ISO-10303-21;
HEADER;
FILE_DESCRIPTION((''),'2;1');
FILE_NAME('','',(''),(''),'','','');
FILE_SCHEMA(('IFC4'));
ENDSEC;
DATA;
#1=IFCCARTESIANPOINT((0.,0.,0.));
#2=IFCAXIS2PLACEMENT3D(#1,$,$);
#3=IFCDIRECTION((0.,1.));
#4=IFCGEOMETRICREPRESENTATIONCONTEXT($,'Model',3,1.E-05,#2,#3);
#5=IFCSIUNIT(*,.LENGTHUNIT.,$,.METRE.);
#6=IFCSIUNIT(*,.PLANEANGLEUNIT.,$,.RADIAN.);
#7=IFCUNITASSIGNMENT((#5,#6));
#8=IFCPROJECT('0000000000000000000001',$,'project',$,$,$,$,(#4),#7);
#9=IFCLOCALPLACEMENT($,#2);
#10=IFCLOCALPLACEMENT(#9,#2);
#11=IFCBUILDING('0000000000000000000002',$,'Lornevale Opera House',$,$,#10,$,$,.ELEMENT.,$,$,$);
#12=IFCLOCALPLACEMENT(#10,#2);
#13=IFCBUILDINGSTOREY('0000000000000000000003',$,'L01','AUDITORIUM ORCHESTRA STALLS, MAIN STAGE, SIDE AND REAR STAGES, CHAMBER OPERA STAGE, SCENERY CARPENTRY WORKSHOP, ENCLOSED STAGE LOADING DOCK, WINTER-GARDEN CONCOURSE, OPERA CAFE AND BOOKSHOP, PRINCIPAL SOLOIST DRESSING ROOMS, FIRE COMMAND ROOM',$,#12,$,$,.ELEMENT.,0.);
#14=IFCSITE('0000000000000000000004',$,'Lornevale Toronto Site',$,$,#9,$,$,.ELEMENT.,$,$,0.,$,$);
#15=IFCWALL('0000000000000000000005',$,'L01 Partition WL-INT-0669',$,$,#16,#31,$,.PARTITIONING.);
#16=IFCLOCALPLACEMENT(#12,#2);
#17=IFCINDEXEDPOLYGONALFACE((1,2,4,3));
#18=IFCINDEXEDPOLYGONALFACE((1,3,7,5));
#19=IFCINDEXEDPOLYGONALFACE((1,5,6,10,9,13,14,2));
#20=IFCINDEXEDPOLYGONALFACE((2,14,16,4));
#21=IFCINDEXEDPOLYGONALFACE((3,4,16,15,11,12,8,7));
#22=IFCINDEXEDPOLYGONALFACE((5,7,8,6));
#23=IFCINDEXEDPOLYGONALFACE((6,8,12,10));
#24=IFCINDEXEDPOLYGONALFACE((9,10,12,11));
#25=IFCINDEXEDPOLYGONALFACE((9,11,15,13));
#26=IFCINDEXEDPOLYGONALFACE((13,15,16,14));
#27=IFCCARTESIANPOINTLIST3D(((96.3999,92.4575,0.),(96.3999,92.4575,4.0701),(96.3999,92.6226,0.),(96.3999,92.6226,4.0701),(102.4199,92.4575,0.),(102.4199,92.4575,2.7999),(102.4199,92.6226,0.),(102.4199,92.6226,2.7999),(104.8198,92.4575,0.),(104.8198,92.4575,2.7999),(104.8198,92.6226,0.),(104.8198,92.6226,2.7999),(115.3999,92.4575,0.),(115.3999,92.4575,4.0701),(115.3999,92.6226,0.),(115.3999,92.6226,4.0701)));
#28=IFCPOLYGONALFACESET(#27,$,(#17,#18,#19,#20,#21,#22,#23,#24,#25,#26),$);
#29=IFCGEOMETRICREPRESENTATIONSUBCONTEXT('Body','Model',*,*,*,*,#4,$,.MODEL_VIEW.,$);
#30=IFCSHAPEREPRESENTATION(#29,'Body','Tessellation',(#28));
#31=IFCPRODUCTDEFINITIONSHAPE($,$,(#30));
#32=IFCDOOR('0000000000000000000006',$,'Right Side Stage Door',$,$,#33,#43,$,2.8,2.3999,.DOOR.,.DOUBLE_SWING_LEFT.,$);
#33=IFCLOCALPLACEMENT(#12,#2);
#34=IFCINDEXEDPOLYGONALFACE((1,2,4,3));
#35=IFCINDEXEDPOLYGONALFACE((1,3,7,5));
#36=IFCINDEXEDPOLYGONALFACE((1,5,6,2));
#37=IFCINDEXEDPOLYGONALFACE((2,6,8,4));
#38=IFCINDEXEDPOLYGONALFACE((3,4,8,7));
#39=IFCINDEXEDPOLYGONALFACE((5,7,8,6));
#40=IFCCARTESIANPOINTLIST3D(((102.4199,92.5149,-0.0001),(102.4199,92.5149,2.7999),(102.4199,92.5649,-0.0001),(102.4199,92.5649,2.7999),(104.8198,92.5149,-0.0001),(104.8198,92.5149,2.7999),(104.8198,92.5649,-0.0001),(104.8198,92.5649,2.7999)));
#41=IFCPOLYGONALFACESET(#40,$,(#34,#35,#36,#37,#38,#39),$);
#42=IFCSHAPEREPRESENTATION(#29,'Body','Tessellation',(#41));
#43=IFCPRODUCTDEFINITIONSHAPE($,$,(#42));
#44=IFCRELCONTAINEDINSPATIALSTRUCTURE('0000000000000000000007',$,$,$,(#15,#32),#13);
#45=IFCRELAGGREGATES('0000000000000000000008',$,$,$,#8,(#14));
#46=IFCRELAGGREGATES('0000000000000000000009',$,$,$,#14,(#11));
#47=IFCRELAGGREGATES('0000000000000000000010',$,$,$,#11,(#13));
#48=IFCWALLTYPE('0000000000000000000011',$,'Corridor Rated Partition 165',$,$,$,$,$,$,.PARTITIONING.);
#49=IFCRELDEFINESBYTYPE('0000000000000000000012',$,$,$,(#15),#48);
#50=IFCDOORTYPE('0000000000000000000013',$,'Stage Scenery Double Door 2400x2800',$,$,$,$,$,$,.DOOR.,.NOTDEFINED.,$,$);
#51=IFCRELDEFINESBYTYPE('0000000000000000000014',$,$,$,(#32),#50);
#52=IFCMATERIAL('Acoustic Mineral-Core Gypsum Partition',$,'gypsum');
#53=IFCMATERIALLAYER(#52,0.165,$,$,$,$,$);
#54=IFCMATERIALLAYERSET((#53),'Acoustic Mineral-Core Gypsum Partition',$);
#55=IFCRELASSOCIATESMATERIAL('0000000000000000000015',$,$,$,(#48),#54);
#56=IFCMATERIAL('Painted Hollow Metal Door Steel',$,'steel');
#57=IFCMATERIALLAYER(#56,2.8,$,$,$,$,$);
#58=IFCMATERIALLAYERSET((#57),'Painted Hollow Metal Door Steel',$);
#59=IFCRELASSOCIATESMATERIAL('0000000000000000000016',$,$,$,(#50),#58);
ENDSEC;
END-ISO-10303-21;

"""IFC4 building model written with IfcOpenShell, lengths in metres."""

from ifc_helpers import new_model, si_unit, direction, frame, frame_2d, origin, place, context, subcontext, project, spatial, rectangle, extrude, material, layer, layer_set, type_object, element, fill, save


model = new_model("IFC4")

# Units and contexts
model_context = context("Model", 3, precision=1e-05, world=origin(), true_north=direction((0.0, 1.0)))
body_context = subcontext(model_context, "Body", "Model", "MODEL_VIEW")
ifc_project = project(units=[si_unit("LENGTHUNIT", "METRE"), si_unit("PLANEANGLEUNIT", "RADIAN")], contexts=[model_context])

# Site, building, storey
site_placement = place(None, origin())
site = spatial("IfcSite", under=ifc_project, at=site_placement, Name="Lornevale Toronto Site", CompositionType="ELEMENT", RefElevation=0.0)
building_placement = place(site_placement, origin())
building = spatial("IfcBuilding", under=site, at=building_placement, Name="Lornevale Opera House", CompositionType="ELEMENT")
storey_placement = place(building_placement, origin())
storey = spatial("IfcBuildingStorey", under=building, at=storey_placement, Name="L01", Description="AUDITORIUM ORCHESTRA STALLS, MAIN STAGE, SIDE AND REAR STAGES, CHAMBER OPERA STAGE, SCENERY CARPENTRY WORKSHOP, ENCLOSED STAGE LOADING DOCK, WINTER-GARDEN CONCOURSE, OPERA CAFE AND BOOKSHOP, PRINCIPAL SOLOIST DRESSING ROOMS, FIRE COMMAND ROOM", CompositionType="ELEMENT", Elevation=0.0)

# Wall, opening, door
ifc_material_1 = material(Name="Acoustic Mineral-Core Gypsum Partition", Category="gypsum")
ifc_layer_1 = layer(ifc_material_1, 0.165)
ifc_layer_set_1 = layer_set([ifc_layer_1], Name="Acoustic Mineral-Core Gypsum Partition")
wall_type = type_object("IfcWallType", Name="Corridor Rated Partition 165", PredefinedType="PARTITIONING", material=ifc_layer_set_1)
wall_placement = place(storey_placement, frame((96.3999, 92.54, 0.0), z_axis=(0.0, 0.0, 1.0), x_axis=(1.0, 0.0, 0.0)))
wall = element("IfcWall", 1, at=wall_placement, inside=storey, type_object=wall_type, Name="L01 Partition WL-INT-0669", PredefinedType="PARTITIONING", context=body_context, shape_type="SweptSolid", body=[
    extrude(rectangle(XDim=19.0, YDim=0.165, at=frame_2d((9.5, 0.0))), origin(), (0.0, 0.0, 1.0), 4.0701),
])
opening_placement = place(wall_placement, frame((6.02, 0.0, 0.0)))
opening = element("IfcOpeningElement", 2, at=opening_placement, cuts=wall, PredefinedType="OPENING", context=body_context, shape_type="SweptSolid", body=[
    extrude(rectangle(XDim=2.3999, YDim=2.8, at=frame_2d((1.2, 1.3999))), frame((0.0, 0.0925, 0.0), z_axis=(0.0, -1.0, 0.0), x_axis=(1.0, 0.0, 0.0)), (0.0, 0.0, 1.0), 0.1851),
])
ifc_material_2 = material(Name="Painted Hollow Metal Door Steel", Category="steel")
ifc_layer_2 = layer(ifc_material_2, 2.8)
ifc_layer_set_2 = layer_set([ifc_layer_2], Name="Painted Hollow Metal Door Steel")
door_type = type_object("IfcDoorType", Name="Stage Scenery Double Door 2400x2800", OperationType="NOTDEFINED", PredefinedType="DOOR", material=ifc_layer_set_2)
door_placement = place(opening_placement, origin())
door = element("IfcDoor", 3, at=door_placement, inside=storey, type_object=door_type, Name="Right Side Stage Door", OperationType="DOUBLE_SWING_LEFT", OverallHeight=2.8, OverallWidth=2.3999, PredefinedType="DOOR", context=body_context, shape_type="SweptSolid", body=[
    extrude(rectangle(XDim=2.3999, YDim=2.8, at=frame_2d((1.2, 1.3999))), frame((0.0, 0.0249, 0.0), z_axis=(0.0, -1.0, 0.0), x_axis=(1.0, 0.0, 0.0)), (0.0, 0.0, 1.0), 0.05),
])
fill(opening, door)

save(model, "model.ifc")
